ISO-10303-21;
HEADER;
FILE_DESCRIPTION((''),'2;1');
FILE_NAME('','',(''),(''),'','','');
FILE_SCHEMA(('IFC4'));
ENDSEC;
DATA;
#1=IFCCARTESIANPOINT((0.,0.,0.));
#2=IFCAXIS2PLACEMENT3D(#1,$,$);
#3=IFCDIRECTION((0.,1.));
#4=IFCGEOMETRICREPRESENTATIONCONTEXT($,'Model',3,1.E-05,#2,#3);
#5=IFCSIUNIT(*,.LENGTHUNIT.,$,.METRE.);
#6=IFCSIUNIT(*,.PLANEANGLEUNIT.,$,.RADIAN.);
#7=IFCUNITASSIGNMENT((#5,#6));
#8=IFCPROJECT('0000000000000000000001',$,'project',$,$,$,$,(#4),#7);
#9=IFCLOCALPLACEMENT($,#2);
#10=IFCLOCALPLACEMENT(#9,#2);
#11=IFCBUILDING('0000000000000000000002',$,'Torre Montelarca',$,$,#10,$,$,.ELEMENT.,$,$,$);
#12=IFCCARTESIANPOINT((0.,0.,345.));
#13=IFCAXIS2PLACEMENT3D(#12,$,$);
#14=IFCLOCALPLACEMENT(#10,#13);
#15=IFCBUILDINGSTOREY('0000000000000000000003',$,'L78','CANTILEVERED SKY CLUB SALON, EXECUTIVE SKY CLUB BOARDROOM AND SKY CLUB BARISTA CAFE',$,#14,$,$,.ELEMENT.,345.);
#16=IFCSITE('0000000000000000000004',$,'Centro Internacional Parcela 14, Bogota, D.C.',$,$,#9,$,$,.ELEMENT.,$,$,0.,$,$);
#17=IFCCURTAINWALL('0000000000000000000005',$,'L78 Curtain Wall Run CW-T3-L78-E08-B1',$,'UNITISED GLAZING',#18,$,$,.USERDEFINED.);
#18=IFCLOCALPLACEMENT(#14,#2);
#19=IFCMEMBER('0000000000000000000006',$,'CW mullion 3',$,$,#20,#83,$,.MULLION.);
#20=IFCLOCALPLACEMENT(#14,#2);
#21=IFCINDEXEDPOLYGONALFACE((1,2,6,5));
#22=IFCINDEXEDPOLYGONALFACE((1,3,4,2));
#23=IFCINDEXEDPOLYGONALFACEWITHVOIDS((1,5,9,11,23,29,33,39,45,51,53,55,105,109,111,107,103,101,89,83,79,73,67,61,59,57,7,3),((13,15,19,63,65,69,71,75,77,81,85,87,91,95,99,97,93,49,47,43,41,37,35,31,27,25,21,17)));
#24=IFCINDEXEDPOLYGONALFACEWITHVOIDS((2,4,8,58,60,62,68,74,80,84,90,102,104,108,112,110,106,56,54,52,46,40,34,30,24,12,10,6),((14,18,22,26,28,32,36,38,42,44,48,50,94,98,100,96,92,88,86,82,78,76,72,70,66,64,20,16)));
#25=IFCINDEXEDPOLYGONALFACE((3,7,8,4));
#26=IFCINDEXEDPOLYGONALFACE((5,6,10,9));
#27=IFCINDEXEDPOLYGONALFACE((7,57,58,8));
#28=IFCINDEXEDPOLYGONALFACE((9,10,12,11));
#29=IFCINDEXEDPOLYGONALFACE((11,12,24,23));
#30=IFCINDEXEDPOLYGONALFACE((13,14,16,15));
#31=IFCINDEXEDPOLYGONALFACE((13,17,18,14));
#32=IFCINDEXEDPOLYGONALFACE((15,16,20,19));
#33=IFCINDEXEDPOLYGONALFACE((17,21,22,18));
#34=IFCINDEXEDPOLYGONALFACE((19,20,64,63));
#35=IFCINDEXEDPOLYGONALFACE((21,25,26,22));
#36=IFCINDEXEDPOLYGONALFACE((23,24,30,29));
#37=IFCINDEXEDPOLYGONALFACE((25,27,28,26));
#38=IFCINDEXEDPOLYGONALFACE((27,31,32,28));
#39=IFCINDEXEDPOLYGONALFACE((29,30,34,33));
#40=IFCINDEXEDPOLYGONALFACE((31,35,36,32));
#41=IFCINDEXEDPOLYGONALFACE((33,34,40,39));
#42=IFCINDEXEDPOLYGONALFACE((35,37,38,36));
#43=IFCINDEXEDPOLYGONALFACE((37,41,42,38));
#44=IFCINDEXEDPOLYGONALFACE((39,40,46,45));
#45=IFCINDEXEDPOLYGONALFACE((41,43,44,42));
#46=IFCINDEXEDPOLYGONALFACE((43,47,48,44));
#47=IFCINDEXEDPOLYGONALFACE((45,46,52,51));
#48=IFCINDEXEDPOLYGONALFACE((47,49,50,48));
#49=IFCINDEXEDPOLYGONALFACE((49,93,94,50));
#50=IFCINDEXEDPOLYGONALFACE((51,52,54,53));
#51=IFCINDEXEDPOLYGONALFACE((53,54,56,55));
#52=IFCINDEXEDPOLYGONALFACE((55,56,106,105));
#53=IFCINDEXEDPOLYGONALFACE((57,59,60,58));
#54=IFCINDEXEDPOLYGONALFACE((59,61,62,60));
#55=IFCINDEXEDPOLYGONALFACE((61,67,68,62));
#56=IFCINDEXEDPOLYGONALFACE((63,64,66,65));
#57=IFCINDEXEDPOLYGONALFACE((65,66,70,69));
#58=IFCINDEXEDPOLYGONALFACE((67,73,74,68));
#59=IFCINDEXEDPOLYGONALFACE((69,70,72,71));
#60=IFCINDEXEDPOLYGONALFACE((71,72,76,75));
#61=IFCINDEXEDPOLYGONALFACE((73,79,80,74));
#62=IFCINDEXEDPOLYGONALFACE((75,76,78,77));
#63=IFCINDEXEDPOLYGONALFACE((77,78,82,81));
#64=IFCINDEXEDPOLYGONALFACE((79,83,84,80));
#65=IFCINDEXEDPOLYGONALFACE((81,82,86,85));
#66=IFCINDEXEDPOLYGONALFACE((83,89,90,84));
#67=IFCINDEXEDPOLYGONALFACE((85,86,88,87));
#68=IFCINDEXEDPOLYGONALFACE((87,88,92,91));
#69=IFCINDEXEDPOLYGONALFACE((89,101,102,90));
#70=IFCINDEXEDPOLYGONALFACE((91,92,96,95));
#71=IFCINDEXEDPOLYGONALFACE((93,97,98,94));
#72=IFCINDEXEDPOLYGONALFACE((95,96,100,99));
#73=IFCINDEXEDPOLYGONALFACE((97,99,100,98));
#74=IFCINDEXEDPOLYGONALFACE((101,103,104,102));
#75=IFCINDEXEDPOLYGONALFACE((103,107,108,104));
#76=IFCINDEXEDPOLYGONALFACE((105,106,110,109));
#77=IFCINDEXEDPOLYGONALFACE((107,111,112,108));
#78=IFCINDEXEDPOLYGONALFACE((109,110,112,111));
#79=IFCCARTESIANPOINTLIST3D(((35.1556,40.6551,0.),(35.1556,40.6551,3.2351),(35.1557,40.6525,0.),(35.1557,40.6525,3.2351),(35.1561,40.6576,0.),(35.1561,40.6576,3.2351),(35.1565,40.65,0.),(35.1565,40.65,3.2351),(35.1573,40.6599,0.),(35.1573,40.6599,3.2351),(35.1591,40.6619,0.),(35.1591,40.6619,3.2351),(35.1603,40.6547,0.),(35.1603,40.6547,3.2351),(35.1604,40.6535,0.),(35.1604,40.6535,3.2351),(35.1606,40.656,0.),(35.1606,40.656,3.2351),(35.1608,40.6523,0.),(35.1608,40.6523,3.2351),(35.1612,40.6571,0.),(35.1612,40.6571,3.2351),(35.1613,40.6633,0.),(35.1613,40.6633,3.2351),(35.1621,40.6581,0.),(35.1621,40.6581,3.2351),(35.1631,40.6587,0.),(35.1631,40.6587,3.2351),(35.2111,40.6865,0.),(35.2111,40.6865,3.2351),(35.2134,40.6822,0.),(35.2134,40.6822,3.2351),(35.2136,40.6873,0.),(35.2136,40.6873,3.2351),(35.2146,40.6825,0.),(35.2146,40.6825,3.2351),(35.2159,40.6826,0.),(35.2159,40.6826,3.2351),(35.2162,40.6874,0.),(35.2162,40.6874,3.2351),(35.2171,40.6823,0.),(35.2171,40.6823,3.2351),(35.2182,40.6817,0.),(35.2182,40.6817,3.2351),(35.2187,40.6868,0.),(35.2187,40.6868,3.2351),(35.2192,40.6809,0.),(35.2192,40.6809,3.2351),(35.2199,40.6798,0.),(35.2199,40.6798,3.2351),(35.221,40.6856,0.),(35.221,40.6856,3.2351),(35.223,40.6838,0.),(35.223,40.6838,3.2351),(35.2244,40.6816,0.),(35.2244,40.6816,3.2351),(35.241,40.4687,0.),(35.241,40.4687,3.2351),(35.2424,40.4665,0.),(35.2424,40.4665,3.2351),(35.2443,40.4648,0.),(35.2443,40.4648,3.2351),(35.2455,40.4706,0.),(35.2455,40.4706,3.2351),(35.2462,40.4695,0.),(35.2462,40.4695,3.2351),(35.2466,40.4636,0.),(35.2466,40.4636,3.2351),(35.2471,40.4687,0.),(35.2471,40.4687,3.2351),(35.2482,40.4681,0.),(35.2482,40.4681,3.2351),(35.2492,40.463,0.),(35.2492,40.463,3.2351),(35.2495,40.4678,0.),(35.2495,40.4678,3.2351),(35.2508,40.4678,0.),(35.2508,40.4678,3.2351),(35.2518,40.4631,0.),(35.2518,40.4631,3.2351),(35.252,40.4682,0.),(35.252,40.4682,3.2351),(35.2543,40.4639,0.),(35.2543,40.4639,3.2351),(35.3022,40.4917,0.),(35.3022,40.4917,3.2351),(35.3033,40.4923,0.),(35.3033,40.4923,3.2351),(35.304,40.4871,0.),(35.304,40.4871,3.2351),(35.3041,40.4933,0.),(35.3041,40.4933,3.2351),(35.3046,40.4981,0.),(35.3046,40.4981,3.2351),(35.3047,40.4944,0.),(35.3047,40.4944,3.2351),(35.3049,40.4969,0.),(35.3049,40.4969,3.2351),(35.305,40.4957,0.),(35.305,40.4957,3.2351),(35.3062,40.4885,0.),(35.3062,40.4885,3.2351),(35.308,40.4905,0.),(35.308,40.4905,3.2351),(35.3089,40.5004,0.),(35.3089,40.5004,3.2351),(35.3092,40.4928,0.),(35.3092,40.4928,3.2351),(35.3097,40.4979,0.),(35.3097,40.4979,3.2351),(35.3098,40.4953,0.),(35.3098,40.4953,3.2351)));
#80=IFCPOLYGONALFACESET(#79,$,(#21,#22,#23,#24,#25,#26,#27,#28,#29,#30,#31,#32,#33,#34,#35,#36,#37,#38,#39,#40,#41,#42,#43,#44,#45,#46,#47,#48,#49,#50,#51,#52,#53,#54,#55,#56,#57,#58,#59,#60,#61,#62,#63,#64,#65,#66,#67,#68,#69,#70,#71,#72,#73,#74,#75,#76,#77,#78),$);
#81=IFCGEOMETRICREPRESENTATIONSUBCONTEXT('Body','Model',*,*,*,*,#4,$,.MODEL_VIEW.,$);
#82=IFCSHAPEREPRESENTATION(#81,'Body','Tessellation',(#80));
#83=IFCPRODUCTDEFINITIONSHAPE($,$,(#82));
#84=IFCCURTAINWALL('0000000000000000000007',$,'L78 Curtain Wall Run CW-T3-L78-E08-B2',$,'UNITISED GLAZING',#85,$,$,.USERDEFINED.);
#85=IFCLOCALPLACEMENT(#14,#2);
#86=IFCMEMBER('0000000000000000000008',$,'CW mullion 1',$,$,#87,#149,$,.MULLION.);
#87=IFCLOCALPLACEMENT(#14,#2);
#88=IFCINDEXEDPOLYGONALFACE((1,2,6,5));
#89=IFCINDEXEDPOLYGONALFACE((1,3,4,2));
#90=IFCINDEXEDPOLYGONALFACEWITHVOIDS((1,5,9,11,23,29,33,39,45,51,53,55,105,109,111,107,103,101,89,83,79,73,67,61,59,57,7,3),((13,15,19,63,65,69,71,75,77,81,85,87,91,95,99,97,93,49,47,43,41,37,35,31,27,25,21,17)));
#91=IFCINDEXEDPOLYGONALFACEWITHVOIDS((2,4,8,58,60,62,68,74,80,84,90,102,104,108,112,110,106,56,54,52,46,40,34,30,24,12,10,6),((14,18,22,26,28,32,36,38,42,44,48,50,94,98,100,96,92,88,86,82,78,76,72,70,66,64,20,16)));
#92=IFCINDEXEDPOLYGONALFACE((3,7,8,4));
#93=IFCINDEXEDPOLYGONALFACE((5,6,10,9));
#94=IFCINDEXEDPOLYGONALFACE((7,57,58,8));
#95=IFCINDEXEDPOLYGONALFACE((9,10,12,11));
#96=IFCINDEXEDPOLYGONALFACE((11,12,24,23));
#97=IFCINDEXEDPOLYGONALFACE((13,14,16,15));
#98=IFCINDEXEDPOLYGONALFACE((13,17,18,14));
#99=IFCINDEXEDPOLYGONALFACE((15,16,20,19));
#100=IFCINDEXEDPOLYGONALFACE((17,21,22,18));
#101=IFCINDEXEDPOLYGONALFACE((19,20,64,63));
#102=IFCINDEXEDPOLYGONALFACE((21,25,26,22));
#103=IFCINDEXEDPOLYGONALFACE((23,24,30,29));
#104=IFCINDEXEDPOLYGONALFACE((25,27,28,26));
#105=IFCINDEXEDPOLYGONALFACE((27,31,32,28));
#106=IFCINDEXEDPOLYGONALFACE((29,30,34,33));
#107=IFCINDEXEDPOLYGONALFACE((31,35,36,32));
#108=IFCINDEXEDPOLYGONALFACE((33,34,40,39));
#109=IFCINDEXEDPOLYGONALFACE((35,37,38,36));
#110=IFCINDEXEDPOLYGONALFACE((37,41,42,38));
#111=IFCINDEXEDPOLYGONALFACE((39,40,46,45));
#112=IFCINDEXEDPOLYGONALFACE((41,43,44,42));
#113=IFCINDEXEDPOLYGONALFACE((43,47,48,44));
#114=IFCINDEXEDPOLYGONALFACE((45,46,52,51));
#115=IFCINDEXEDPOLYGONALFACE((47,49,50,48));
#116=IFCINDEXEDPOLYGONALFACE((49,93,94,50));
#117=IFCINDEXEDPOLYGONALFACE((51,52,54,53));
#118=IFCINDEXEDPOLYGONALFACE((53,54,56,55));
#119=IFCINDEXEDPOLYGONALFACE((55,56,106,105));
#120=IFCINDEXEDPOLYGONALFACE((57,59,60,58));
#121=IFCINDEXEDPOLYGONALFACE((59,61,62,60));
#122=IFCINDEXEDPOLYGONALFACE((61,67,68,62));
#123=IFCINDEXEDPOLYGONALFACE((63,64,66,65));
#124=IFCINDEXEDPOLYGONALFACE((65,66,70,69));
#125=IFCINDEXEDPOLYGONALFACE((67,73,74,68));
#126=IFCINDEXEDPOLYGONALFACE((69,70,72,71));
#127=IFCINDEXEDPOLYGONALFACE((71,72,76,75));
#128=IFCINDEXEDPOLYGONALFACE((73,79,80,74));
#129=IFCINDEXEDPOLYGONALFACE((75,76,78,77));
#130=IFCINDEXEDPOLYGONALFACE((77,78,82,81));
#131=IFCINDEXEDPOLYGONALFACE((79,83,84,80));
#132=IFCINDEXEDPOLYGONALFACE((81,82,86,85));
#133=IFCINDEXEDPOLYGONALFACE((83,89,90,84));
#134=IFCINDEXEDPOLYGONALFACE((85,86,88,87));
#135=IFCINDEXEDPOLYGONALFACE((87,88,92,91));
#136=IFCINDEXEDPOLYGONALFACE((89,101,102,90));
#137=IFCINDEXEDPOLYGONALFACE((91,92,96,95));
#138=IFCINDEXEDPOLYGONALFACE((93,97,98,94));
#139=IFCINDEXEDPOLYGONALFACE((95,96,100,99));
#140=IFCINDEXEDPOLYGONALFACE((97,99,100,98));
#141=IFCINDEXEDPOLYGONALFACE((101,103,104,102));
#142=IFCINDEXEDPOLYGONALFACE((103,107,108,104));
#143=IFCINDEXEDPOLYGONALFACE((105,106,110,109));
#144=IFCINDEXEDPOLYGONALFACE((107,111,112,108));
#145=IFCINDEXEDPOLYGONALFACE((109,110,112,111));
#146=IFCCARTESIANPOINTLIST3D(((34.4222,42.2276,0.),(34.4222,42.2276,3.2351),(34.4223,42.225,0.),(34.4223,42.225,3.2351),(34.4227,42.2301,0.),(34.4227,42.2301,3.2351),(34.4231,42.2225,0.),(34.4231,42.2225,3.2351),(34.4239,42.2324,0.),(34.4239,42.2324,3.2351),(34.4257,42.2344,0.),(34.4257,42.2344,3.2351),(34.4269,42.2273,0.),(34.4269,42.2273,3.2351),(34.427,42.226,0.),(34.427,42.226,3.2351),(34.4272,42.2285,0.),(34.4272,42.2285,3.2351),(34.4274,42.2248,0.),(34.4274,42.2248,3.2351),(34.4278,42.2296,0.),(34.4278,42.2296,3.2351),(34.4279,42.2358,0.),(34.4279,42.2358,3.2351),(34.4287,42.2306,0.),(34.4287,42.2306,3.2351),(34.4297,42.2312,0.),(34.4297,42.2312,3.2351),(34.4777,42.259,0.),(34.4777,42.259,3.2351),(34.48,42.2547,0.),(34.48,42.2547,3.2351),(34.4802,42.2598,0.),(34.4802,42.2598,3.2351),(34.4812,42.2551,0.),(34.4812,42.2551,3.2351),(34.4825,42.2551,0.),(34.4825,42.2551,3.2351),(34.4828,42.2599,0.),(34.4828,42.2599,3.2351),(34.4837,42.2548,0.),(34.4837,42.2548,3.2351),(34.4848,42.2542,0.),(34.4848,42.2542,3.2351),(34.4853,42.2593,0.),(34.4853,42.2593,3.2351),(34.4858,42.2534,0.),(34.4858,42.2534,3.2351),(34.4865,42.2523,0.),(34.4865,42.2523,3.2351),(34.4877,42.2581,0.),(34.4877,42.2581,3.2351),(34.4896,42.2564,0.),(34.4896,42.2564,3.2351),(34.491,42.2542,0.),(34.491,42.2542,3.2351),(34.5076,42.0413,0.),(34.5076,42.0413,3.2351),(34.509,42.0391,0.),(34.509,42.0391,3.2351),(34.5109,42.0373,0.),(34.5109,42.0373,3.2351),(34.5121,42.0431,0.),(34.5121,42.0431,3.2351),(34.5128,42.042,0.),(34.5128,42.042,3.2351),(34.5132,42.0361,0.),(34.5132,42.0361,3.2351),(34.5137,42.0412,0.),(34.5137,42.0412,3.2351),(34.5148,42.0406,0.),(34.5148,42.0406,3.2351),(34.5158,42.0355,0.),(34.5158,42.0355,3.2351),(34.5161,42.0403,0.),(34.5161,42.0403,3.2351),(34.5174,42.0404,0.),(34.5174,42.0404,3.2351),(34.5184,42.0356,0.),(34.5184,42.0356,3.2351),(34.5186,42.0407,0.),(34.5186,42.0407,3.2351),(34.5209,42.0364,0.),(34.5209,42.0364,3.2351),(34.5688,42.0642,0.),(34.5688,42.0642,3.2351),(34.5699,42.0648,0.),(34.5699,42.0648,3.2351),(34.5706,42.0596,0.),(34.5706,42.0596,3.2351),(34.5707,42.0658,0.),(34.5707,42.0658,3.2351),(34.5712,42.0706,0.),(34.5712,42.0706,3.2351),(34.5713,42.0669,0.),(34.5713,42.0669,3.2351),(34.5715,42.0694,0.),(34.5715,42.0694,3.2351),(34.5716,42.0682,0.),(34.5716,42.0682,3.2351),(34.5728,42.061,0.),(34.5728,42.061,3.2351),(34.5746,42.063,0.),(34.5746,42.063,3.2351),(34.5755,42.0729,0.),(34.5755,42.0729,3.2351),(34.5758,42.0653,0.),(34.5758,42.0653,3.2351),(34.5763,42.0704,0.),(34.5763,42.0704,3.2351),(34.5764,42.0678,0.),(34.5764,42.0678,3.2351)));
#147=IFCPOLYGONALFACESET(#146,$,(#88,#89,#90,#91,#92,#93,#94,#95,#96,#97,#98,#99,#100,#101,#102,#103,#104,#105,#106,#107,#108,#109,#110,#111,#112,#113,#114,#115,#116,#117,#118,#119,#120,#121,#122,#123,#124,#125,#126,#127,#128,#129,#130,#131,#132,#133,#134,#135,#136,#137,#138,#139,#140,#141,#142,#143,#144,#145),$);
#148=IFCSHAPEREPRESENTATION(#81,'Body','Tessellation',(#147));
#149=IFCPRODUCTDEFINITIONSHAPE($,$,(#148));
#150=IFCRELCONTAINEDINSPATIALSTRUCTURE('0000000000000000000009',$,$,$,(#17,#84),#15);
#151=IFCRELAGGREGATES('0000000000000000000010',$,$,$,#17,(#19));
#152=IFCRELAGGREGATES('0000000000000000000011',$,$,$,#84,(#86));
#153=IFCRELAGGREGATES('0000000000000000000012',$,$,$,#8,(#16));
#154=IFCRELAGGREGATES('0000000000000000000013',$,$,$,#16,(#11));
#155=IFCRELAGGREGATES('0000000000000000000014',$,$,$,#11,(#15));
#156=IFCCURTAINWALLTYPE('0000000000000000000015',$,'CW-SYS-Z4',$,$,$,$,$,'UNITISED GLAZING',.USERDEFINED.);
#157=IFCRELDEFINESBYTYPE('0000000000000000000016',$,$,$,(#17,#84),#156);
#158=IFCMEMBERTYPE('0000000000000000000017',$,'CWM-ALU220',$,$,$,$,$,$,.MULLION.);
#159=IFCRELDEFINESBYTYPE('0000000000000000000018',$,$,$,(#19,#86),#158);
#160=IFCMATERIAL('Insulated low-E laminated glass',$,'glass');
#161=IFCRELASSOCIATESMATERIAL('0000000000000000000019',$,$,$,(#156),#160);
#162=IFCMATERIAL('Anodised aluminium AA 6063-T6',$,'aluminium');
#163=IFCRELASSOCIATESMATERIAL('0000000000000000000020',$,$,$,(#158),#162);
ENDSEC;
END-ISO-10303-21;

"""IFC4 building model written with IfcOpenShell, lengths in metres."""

from ifc_helpers import new_model, si_unit, direction, frame, origin, origin_2d, place, context, subcontext, project, spatial, hollow_rectangle, extrude, source, transform, mapped, material, material_profile, profile_set, type_object, element, aggregate, save


model = new_model("IFC4")

# Units and contexts
model_context = context("Model", 3, precision=1e-05, world=origin(), true_north=direction((0.0, 1.0)))
body_context = subcontext(model_context, "Body", "Model", "MODEL_VIEW")
ifc_project = project(units=[si_unit("LENGTHUNIT", "METRE"), si_unit("PLANEANGLEUNIT", "RADIAN")], contexts=[model_context])

# Site, building, storey
site_placement = place(None, origin())
site = spatial("IfcSite", under=ifc_project, at=site_placement, Name="Centro Internacional Parcela 14, Bogota, D.C.", CompositionType="ELEMENT", RefElevation=0.0)
building_placement = place(site_placement, origin())
building = spatial("IfcBuilding", under=site, at=building_placement, Name="Torre Montelarca", CompositionType="ELEMENT")
storey_placement = place(building_placement, frame((0.0, 0.0, 345.0)))
storey = spatial("IfcBuildingStorey", under=building, at=storey_placement, Name="L78", Description="CANTILEVERED SKY CLUB SALON, EXECUTIVE SKY CLUB BOARDROOM AND SKY CLUB BARISTA CAFE", CompositionType="ELEMENT", Elevation=345.0)

# Shared definitions
ifc_material_1 = material(Name="Insulated low-E laminated glass", Category="glass")
curtain_wall_type = type_object("IfcCurtainWallType", Name="CW-SYS-Z4", ElementType="UNITISED GLAZING", PredefinedType="USERDEFINED", material=ifc_material_1)
ifc_material_2 = material(Name="Anodised aluminium AA 6063-T6", Category="aluminium")
ifc_material_profile_1 = material_profile(ifc_material_2, hollow_rectangle(XDim=0.075, YDim=0.22, WallThickness=0.0049, InnerFilletRadius=0.0049, OuterFilletRadius=0.01, at=origin_2d()), Name="ALU75X220X5", Category="aluminium")
ifc_profile_set_1 = profile_set([ifc_material_profile_1], Name="Anodised aluminium AA 6063-T6")
member_type_1 = type_object("IfcMemberType", Name="CWM-ALU220", PredefinedType="MULLION", material=ifc_profile_set_1)

# Curtain wall, member
curtain_wall_1_placement = place(storey_placement, origin())
curtain_wall_1 = element("IfcCurtainWall", 1, at=curtain_wall_1_placement, inside=storey, type_object=curtain_wall_type, Name="L78 Curtain Wall Run CW-T3-L78-E08-B1", ObjectType="UNITISED GLAZING", PredefinedType="USERDEFINED")
shared_shape_1 = source(origin(), body_context, "Body", "SweptSolid", [
    extrude(hollow_rectangle(XDim=0.075, YDim=0.22, WallThickness=0.0049, InnerFilletRadius=0.0049, OuterFilletRadius=0.01, at=origin_2d()), origin(), (0.0, 0.0, 1.0), 3.2351),
])
member_1_placement = place(storey_placement, frame((35.2327, 40.5752, 0.0), z_axis=(0.0, 0.0, 1.0), x_axis=(-0.906309, -0.422615, 0.0)))
member_1 = element("IfcMember", 2, at=member_1_placement, type_object=member_type_1, Name="CW mullion 3", PredefinedType="MULLION", context=body_context, shape_type="MappedRepresentation", body=[
    mapped(shared_shape_1, transform((0.0, 0.0, 0.0), scale=1.0)),
])

# Curtain wall, member
curtain_wall_2_placement = place(storey_placement, origin())
curtain_wall_2 = element("IfcCurtainWall", 3, at=curtain_wall_2_placement, inside=storey, type_object=curtain_wall_type, Name="L78 Curtain Wall Run CW-T3-L78-E08-B2", ObjectType="UNITISED GLAZING", PredefinedType="USERDEFINED")
member_2_placement = place(storey_placement, frame((34.4993, 42.1477, 0.0), z_axis=(0.0, 0.0, 1.0), x_axis=(-0.906309, -0.422615, 0.0)))
member_2 = element("IfcMember", 4, at=member_2_placement, type_object=member_type_1, Name="CW mullion 1", PredefinedType="MULLION", context=body_context, shape_type="MappedRepresentation", body=[
    mapped(shared_shape_1, transform((0.0, 0.0, 0.0), scale=1.0)),
])

aggregate(curtain_wall_1, [member_1])
aggregate(curtain_wall_2, [member_2])

save(model, "model.ifc")
